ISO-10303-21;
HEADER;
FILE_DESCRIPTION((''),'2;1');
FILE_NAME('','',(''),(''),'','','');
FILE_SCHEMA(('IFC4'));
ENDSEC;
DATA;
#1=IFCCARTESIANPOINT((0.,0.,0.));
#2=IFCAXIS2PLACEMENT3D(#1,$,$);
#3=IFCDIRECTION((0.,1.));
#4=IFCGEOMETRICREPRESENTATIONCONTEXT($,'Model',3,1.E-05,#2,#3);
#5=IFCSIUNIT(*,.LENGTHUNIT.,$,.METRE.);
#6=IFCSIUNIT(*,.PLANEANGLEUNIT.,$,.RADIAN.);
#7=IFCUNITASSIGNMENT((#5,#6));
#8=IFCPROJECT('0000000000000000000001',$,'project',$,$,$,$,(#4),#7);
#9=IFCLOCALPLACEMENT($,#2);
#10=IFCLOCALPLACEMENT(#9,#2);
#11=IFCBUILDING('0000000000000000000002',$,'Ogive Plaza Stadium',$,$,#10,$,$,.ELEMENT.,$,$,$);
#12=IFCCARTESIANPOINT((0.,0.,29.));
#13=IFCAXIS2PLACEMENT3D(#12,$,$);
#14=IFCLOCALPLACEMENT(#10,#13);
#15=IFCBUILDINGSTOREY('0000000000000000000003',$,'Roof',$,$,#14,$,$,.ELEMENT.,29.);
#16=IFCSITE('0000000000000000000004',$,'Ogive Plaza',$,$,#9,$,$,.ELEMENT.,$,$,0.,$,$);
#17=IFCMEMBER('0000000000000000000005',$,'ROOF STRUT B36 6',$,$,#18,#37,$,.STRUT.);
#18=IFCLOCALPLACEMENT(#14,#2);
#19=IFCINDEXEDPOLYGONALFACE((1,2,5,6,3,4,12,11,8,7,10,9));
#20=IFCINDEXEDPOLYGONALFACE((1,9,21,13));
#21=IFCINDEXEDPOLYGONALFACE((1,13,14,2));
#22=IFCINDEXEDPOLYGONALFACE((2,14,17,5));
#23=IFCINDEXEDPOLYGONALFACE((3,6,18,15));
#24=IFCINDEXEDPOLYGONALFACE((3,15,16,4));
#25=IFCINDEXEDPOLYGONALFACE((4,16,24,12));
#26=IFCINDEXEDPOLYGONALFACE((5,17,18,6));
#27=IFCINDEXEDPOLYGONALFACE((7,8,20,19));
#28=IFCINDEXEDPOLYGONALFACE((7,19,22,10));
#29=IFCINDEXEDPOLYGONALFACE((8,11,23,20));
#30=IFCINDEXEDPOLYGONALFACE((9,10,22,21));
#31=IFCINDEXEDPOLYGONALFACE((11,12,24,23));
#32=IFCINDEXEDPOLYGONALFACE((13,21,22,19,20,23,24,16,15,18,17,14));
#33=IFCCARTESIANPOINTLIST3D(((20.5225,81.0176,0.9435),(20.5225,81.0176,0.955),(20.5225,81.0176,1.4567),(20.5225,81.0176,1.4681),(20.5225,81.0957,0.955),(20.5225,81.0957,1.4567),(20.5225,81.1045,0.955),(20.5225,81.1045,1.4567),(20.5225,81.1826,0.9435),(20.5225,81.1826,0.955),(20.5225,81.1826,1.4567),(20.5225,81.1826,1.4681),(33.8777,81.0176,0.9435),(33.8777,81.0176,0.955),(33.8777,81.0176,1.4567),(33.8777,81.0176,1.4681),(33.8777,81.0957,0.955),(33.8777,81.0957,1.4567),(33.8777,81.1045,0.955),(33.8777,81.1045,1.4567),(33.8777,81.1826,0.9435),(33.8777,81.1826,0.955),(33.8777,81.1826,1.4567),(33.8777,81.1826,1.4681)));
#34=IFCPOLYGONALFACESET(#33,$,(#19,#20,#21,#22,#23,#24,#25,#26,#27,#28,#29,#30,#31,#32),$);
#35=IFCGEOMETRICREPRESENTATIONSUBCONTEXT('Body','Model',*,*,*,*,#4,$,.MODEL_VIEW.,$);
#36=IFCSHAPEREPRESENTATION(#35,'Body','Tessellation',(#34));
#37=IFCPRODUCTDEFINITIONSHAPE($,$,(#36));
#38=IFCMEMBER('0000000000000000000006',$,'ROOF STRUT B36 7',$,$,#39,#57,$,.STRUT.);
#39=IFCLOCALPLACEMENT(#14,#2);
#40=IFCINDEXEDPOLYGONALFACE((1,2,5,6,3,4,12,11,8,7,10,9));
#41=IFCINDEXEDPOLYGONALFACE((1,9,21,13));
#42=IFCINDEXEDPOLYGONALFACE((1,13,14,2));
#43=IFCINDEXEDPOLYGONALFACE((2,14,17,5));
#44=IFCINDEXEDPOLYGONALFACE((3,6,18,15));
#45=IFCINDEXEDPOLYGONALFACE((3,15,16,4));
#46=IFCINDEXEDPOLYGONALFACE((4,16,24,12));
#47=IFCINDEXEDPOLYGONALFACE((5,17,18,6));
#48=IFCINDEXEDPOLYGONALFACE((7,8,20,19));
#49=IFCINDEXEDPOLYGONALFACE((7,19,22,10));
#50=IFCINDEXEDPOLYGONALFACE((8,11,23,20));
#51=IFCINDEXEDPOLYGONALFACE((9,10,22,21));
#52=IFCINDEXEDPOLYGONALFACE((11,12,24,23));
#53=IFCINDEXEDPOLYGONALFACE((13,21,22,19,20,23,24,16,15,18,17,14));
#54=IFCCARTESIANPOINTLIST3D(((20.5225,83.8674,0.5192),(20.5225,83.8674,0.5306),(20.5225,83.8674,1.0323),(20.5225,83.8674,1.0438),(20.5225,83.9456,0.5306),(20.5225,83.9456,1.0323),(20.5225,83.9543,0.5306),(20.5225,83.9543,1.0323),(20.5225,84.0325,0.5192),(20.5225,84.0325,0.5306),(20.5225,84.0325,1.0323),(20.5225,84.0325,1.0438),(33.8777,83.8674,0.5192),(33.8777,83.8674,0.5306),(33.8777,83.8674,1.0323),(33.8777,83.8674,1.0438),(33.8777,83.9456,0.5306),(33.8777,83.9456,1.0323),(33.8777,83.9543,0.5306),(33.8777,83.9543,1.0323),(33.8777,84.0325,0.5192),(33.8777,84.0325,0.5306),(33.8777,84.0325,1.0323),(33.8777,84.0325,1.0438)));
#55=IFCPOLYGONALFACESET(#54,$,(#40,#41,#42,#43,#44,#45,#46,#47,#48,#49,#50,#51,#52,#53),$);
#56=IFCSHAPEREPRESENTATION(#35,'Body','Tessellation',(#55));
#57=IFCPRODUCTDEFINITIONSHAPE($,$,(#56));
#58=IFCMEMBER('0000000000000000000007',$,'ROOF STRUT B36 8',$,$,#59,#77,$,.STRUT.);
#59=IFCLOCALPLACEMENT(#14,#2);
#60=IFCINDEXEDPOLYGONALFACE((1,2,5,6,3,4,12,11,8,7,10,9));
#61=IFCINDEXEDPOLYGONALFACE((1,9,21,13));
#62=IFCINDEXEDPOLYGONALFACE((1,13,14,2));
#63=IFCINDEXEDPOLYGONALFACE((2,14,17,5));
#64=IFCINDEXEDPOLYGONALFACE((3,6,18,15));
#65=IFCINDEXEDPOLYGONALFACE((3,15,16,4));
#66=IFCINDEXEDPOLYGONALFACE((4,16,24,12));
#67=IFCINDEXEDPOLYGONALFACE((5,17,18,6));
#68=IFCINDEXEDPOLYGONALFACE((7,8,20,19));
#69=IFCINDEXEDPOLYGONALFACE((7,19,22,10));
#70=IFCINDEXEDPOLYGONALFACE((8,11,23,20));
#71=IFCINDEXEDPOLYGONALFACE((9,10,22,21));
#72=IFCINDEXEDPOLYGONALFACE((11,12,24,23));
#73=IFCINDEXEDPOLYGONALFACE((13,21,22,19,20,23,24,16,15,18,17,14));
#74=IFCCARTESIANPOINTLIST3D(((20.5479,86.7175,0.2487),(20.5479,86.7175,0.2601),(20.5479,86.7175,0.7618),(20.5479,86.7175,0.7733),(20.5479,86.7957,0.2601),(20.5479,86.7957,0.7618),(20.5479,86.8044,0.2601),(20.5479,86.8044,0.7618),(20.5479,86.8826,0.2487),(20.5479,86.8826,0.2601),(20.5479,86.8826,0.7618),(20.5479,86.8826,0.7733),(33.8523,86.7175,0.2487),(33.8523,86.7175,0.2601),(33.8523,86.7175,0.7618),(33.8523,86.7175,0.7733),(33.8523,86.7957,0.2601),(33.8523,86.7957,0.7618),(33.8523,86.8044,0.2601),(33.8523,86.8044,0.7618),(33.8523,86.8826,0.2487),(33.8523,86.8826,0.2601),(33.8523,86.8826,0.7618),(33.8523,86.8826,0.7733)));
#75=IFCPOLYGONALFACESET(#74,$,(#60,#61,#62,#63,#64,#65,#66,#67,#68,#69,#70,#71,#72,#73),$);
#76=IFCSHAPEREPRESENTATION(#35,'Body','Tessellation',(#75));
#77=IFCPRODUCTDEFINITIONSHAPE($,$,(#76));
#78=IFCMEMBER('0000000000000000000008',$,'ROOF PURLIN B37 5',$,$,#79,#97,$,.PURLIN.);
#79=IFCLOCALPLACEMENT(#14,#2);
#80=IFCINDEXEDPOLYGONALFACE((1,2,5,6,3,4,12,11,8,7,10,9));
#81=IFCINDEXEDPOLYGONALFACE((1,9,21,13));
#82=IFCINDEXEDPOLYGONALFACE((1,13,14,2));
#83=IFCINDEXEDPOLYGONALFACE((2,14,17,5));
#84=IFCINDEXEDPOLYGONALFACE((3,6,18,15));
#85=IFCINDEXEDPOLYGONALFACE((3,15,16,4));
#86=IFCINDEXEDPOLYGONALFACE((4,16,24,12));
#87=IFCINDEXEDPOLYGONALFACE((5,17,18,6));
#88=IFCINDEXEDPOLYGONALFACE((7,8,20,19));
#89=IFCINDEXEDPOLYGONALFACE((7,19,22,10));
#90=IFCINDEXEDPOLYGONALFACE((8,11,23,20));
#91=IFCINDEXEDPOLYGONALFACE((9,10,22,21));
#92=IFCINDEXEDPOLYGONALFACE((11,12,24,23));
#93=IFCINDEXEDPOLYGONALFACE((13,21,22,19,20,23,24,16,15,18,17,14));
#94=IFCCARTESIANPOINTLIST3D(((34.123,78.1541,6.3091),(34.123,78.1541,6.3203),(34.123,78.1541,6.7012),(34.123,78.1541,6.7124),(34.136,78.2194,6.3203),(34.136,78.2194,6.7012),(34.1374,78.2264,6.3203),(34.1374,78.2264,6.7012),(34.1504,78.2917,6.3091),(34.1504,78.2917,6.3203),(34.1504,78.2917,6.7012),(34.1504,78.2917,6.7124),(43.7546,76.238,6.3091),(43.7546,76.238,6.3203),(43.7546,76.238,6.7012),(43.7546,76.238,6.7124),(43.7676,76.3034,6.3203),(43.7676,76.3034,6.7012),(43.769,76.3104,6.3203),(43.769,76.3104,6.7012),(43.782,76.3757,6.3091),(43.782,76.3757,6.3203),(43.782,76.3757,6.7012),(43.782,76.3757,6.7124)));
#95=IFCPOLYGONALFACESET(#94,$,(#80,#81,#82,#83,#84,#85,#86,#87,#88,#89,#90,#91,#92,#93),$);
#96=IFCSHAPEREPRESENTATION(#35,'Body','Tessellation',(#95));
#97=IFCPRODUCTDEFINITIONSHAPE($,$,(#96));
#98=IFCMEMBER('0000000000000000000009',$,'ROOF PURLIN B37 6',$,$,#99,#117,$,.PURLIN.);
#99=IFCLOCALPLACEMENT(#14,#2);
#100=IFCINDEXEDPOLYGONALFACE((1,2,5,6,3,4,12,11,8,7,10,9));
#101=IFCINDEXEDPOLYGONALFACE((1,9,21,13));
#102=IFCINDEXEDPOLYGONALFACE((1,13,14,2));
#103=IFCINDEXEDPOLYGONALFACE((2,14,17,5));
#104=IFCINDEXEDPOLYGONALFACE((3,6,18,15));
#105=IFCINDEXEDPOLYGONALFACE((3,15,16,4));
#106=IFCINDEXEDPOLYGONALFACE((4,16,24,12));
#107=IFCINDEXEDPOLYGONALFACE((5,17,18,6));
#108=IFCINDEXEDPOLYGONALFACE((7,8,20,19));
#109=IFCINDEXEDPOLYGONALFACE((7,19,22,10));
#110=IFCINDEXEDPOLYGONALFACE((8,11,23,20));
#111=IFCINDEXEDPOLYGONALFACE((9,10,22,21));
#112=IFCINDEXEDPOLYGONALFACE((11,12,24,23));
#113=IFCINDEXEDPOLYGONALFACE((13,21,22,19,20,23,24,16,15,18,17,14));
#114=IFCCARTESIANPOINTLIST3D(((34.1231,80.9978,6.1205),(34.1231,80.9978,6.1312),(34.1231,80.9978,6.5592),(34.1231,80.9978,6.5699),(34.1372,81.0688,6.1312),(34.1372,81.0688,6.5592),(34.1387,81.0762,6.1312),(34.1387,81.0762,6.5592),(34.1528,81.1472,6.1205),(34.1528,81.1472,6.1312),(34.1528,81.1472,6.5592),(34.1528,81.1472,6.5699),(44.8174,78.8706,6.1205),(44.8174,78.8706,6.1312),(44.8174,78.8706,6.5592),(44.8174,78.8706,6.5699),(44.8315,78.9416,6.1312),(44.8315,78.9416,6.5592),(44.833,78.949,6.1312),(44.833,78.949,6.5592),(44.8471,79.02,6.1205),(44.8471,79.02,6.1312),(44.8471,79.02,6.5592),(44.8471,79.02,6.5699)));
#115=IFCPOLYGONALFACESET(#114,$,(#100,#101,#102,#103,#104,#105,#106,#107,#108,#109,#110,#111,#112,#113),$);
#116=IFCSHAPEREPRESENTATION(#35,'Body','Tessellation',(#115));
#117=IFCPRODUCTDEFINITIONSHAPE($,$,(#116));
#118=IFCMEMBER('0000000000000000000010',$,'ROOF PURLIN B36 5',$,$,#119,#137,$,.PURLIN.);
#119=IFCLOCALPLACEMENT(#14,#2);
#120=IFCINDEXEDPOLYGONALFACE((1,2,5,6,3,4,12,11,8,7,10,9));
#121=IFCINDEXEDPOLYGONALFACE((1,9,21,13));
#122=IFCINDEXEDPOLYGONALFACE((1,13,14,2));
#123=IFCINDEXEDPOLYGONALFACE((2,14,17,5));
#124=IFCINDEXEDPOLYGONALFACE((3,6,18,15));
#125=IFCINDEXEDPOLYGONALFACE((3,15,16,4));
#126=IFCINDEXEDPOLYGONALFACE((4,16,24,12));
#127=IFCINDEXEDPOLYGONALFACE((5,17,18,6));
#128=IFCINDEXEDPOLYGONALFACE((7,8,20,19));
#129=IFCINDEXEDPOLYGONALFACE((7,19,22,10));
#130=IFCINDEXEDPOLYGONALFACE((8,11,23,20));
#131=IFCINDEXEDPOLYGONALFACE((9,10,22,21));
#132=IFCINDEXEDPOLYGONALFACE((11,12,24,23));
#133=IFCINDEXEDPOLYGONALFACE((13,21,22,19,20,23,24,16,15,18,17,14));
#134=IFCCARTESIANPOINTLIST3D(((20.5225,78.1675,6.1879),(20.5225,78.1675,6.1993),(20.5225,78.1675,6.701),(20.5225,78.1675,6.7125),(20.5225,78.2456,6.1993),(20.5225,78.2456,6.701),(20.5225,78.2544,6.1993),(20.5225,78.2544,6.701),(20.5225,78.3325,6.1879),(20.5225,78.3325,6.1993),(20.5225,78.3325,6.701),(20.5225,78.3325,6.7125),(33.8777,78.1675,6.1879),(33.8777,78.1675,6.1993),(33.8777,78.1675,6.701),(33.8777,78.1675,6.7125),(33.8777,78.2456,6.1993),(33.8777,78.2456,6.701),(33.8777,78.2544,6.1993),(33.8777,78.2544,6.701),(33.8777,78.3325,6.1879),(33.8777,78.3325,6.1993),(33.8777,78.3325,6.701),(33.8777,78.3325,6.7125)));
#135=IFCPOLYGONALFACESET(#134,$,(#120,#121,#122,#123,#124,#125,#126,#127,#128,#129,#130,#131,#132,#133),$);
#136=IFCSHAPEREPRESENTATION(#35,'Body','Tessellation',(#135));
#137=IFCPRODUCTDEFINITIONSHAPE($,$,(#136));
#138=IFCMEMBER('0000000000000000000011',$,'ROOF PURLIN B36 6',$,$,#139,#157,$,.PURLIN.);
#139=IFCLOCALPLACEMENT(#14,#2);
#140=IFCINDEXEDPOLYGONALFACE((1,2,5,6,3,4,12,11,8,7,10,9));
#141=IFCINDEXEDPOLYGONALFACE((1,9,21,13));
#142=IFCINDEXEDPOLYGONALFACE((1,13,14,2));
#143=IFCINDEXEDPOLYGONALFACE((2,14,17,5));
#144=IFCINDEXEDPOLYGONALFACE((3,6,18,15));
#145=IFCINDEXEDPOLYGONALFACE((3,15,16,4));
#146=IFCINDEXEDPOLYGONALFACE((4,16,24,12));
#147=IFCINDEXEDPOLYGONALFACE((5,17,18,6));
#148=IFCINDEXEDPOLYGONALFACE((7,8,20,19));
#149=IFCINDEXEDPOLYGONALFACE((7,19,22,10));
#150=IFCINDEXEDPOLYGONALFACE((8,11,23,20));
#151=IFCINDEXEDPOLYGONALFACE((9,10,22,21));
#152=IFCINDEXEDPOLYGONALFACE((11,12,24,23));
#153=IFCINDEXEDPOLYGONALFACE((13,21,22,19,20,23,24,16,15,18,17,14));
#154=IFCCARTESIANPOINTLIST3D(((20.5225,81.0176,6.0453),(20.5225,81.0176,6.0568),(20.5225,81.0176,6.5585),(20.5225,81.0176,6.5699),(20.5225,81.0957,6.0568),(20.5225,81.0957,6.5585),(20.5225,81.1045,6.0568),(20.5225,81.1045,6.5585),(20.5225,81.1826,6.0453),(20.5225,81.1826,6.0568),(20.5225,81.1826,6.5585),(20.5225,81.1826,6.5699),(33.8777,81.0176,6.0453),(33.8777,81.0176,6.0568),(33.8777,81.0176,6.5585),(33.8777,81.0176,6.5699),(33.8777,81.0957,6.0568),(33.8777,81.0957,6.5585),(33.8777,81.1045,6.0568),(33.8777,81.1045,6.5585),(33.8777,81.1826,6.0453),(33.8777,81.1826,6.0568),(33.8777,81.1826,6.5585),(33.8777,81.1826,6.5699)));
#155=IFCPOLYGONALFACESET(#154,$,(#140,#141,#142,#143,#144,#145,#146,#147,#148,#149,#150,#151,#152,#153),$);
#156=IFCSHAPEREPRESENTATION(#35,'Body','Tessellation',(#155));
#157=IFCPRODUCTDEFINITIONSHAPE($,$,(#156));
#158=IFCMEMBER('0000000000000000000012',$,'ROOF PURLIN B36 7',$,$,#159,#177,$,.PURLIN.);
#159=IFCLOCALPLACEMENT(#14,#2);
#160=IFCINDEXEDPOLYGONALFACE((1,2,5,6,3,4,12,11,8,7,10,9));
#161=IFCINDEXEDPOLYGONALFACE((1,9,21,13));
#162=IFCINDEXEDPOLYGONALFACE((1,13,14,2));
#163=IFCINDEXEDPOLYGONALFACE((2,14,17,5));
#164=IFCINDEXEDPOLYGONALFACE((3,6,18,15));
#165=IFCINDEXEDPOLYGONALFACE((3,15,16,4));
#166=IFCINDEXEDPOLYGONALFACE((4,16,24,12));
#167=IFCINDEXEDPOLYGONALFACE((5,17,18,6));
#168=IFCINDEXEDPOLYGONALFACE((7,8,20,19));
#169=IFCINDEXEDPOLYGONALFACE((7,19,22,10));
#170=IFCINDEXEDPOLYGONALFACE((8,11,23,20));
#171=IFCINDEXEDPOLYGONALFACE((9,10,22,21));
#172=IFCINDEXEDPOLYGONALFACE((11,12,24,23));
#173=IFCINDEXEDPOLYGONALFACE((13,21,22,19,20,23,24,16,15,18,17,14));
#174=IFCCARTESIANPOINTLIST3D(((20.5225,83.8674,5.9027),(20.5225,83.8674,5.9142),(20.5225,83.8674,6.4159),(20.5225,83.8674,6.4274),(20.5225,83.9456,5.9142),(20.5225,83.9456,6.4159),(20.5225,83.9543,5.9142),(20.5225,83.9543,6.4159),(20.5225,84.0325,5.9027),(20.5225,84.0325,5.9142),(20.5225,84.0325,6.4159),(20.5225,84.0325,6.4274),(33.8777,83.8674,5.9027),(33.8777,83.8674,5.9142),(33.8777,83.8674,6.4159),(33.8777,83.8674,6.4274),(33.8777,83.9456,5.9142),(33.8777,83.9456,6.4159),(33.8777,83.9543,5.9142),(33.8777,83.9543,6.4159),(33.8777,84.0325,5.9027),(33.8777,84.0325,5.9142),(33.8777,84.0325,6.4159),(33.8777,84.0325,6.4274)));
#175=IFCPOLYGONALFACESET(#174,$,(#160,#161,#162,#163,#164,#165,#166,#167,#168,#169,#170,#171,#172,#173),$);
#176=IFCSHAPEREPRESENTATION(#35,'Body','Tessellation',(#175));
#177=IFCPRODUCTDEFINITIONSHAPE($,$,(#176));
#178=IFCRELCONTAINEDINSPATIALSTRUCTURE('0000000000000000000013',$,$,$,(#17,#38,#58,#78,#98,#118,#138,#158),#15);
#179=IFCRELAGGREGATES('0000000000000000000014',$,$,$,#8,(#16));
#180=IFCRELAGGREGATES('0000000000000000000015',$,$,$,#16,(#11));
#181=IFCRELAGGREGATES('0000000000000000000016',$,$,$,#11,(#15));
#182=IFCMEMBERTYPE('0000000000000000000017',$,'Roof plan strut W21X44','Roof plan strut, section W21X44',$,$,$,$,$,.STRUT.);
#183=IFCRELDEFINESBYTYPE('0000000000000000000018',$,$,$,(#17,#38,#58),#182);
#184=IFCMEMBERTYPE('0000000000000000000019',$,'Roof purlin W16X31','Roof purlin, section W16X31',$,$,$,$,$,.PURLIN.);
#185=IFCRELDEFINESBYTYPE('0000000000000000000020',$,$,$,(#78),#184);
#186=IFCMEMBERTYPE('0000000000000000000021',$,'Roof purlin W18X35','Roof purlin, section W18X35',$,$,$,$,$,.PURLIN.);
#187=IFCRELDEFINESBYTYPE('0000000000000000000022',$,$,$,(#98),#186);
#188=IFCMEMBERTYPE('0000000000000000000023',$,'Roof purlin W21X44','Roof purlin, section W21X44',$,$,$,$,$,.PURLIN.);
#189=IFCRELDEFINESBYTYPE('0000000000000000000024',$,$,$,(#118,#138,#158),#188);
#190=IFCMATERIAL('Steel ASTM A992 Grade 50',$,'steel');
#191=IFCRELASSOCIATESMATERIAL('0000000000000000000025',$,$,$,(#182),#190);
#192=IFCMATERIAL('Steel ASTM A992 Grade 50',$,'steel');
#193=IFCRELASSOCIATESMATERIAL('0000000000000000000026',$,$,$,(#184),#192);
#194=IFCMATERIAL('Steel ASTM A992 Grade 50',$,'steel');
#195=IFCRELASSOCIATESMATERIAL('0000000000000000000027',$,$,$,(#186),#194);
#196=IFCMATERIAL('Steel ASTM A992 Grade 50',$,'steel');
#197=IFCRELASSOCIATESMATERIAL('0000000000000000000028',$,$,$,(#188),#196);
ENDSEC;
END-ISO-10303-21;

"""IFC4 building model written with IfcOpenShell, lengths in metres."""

from ifc_helpers import new_model, si_unit, direction, frame, origin, origin_2d, place, context, subcontext, project, spatial, i_section, extrude, material, material_profile, profile_set, type_object, element, save


model = new_model("IFC4")

# Units and contexts
model_context = context("Model", 3, precision=1e-05, world=origin(), true_north=direction((0.0, 1.0)))
body_context = subcontext(model_context, "Body", "Model", "MODEL_VIEW")
ifc_project = project(units=[si_unit("LENGTHUNIT", "METRE"), si_unit("PLANEANGLEUNIT", "RADIAN")], contexts=[model_context])

# Site, building, storey
site_placement = place(None, origin())
site = spatial("IfcSite", under=ifc_project, at=site_placement, Name="Ogive Plaza", CompositionType="ELEMENT", RefElevation=0.0)
building_placement = place(site_placement, origin())
building = spatial("IfcBuilding", under=site, at=building_placement, Name="Ogive Plaza Stadium", CompositionType="ELEMENT")
storey_placement = place(building_placement, frame((0.0, 0.0, 29.0)))
storey = spatial("IfcBuildingStorey", under=building, at=storey_placement, Name="Roof", CompositionType="ELEMENT", Elevation=29.0)

# Members
ifc_material_1 = material(Name="Steel ASTM A992 Grade 50", Category="steel")
ifc_material_profile_1 = material_profile(ifc_material_1, i_section(OverallWidth=0.165, OverallDepth=0.5247, WebThickness=0.0088, FlangeThickness=0.0115, at=origin_2d()), Name="W21X44")
ifc_profile_set_1 = profile_set([ifc_material_profile_1], Name="Steel ASTM A992 Grade 50")
member_type_1 = type_object("IfcMemberType", Name="Roof plan strut W21X44", Description="Roof plan strut, section W21X44", PredefinedType="STRUT", material=ifc_profile_set_1)
for number, where, z_axis, x_axis, name in (
    (1, (20.5225, 81.1001, 1.2058), (1.0, 0.0, 0.0), (0.0, 1.0, 0.0), "ROOF STRUT B36 6"),
    (2, (20.5225, 83.95, 0.7815), (1.0, 0.0, 0.0), (0.0, 1.0, 0.0), "ROOF STRUT B36 7"),
):
    element("IfcMember", number, at=place(storey_placement, frame(where, z_axis=z_axis, x_axis=x_axis)), inside=storey, type_object=member_type_1, Name=name, PredefinedType="STRUT", context=body_context, shape_type="SweptSolid", body=[
        extrude(i_section(OverallWidth=0.165, OverallDepth=0.5247, WebThickness=0.0088, FlangeThickness=0.0115, at=origin_2d()), origin(), (0.0, 0.0, 1.0), 13.3552),
    ])
member_1_placement = place(storey_placement, frame((20.5479, 86.8, 0.511), z_axis=(1.0, 0.0, 0.0), x_axis=(0.0, 1.0, 0.0)))
element("IfcMember", 3, at=member_1_placement, inside=storey, type_object=member_type_1, Name="ROOF STRUT B36 8", PredefinedType="STRUT", context=body_context, shape_type="SweptSolid", body=[
    extrude(i_section(OverallWidth=0.165, OverallDepth=0.5247, WebThickness=0.0088, FlangeThickness=0.0115, at=origin_2d()), origin(), (0.0, 0.0, 1.0), 13.3044),
])
ifc_material_2 = material(Name="Steel ASTM A992 Grade 50", Category="steel")
ifc_material_profile_2 = material_profile(ifc_material_2, i_section(OverallWidth=0.1404, OverallDepth=0.4033, WebThickness=0.0071, FlangeThickness=0.0112, at=origin_2d()), Name="W16X31")
ifc_profile_set_2 = profile_set([ifc_material_profile_2], Name="Steel ASTM A992 Grade 50")
member_type_2 = type_object("IfcMemberType", Name="Roof purlin W16X31", Description="Roof purlin, section W16X31", PredefinedType="PURLIN", material=ifc_profile_set_2)
member_2_placement = place(storey_placement, frame((34.1367, 78.2229, 6.5107), z_axis=(0.980782, -0.195107, 0.0), x_axis=(0.195107, 0.980782, 0.0)))
element("IfcMember", 4, at=member_2_placement, inside=storey, type_object=member_type_2, Name="ROOF PURLIN B37 5", PredefinedType="PURLIN", context=body_context, shape_type="SweptSolid", body=[
    extrude(i_section(OverallWidth=0.1404, OverallDepth=0.4033, WebThickness=0.0071, FlangeThickness=0.0112, at=origin_2d()), origin(), (0.0, 0.0, 1.0), 9.8203),
])
ifc_material_3 = material(Name="Steel ASTM A992 Grade 50", Category="steel")
ifc_material_profile_3 = material_profile(ifc_material_3, i_section(OverallWidth=0.1523, OverallDepth=0.4495, WebThickness=0.0076, FlangeThickness=0.0107, at=origin_2d()), Name="W18X35")
ifc_profile_set_3 = profile_set([ifc_material_profile_3], Name="Steel ASTM A992 Grade 50")
member_type_3 = type_object("IfcMemberType", Name="Roof purlin W18X35", Description="Roof purlin, section W18X35", PredefinedType="PURLIN", material=ifc_profile_set_3)
member_3_placement = place(storey_placement, frame((34.1379, 81.0725, 6.3452), z_axis=(0.980786, -0.195087, 0.0), x_axis=(0.195087, 0.980786, 0.0)))
element("IfcMember", 5, at=member_3_placement, inside=storey, type_object=member_type_3, Name="ROOF PURLIN B37 6", PredefinedType="PURLIN", context=body_context, shape_type="SweptSolid", body=[
    extrude(i_section(OverallWidth=0.1523, OverallDepth=0.4495, WebThickness=0.0076, FlangeThickness=0.0107, at=origin_2d()), origin(), (0.0, 0.0, 1.0), 10.9038),
])
ifc_material_4 = material(Name="Steel ASTM A992 Grade 50", Category="steel")
ifc_material_profile_4 = material_profile(ifc_material_4, i_section(OverallWidth=0.165, OverallDepth=0.5247, WebThickness=0.0088, FlangeThickness=0.0115, at=origin_2d()), Name="W21X44")
ifc_profile_set_4 = profile_set([ifc_material_profile_4], Name="Steel ASTM A992 Grade 50")
member_type_4 = type_object("IfcMemberType", Name="Roof purlin W21X44", Description="Roof purlin, section W21X44", PredefinedType="PURLIN", material=ifc_profile_set_4)
for number, where, z_axis, x_axis, name in (
    (6, (20.5225, 78.25, 6.4502), (1.0, 0.0, 0.0), (0.0, 1.0, 0.0), "ROOF PURLIN B36 5"),
    (7, (20.5225, 81.1001, 6.3076), (1.0, 0.0, 0.0), (0.0, 1.0, 0.0), "ROOF PURLIN B36 6"),
    (8, (20.5225, 83.95, 6.165), (1.0, 0.0, 0.0), (0.0, 1.0, 0.0), "ROOF PURLIN B36 7"),
):
    element("IfcMember", number, at=place(storey_placement, frame(where, z_axis=z_axis, x_axis=x_axis)), inside=storey, type_object=member_type_4, Name=name, PredefinedType="PURLIN", context=body_context, shape_type="SweptSolid", body=[
        extrude(i_section(OverallWidth=0.165, OverallDepth=0.5247, WebThickness=0.0088, FlangeThickness=0.0115, at=origin_2d()), origin(), (0.0, 0.0, 1.0), 13.3552),
    ])

save(model, "model.ifc")
